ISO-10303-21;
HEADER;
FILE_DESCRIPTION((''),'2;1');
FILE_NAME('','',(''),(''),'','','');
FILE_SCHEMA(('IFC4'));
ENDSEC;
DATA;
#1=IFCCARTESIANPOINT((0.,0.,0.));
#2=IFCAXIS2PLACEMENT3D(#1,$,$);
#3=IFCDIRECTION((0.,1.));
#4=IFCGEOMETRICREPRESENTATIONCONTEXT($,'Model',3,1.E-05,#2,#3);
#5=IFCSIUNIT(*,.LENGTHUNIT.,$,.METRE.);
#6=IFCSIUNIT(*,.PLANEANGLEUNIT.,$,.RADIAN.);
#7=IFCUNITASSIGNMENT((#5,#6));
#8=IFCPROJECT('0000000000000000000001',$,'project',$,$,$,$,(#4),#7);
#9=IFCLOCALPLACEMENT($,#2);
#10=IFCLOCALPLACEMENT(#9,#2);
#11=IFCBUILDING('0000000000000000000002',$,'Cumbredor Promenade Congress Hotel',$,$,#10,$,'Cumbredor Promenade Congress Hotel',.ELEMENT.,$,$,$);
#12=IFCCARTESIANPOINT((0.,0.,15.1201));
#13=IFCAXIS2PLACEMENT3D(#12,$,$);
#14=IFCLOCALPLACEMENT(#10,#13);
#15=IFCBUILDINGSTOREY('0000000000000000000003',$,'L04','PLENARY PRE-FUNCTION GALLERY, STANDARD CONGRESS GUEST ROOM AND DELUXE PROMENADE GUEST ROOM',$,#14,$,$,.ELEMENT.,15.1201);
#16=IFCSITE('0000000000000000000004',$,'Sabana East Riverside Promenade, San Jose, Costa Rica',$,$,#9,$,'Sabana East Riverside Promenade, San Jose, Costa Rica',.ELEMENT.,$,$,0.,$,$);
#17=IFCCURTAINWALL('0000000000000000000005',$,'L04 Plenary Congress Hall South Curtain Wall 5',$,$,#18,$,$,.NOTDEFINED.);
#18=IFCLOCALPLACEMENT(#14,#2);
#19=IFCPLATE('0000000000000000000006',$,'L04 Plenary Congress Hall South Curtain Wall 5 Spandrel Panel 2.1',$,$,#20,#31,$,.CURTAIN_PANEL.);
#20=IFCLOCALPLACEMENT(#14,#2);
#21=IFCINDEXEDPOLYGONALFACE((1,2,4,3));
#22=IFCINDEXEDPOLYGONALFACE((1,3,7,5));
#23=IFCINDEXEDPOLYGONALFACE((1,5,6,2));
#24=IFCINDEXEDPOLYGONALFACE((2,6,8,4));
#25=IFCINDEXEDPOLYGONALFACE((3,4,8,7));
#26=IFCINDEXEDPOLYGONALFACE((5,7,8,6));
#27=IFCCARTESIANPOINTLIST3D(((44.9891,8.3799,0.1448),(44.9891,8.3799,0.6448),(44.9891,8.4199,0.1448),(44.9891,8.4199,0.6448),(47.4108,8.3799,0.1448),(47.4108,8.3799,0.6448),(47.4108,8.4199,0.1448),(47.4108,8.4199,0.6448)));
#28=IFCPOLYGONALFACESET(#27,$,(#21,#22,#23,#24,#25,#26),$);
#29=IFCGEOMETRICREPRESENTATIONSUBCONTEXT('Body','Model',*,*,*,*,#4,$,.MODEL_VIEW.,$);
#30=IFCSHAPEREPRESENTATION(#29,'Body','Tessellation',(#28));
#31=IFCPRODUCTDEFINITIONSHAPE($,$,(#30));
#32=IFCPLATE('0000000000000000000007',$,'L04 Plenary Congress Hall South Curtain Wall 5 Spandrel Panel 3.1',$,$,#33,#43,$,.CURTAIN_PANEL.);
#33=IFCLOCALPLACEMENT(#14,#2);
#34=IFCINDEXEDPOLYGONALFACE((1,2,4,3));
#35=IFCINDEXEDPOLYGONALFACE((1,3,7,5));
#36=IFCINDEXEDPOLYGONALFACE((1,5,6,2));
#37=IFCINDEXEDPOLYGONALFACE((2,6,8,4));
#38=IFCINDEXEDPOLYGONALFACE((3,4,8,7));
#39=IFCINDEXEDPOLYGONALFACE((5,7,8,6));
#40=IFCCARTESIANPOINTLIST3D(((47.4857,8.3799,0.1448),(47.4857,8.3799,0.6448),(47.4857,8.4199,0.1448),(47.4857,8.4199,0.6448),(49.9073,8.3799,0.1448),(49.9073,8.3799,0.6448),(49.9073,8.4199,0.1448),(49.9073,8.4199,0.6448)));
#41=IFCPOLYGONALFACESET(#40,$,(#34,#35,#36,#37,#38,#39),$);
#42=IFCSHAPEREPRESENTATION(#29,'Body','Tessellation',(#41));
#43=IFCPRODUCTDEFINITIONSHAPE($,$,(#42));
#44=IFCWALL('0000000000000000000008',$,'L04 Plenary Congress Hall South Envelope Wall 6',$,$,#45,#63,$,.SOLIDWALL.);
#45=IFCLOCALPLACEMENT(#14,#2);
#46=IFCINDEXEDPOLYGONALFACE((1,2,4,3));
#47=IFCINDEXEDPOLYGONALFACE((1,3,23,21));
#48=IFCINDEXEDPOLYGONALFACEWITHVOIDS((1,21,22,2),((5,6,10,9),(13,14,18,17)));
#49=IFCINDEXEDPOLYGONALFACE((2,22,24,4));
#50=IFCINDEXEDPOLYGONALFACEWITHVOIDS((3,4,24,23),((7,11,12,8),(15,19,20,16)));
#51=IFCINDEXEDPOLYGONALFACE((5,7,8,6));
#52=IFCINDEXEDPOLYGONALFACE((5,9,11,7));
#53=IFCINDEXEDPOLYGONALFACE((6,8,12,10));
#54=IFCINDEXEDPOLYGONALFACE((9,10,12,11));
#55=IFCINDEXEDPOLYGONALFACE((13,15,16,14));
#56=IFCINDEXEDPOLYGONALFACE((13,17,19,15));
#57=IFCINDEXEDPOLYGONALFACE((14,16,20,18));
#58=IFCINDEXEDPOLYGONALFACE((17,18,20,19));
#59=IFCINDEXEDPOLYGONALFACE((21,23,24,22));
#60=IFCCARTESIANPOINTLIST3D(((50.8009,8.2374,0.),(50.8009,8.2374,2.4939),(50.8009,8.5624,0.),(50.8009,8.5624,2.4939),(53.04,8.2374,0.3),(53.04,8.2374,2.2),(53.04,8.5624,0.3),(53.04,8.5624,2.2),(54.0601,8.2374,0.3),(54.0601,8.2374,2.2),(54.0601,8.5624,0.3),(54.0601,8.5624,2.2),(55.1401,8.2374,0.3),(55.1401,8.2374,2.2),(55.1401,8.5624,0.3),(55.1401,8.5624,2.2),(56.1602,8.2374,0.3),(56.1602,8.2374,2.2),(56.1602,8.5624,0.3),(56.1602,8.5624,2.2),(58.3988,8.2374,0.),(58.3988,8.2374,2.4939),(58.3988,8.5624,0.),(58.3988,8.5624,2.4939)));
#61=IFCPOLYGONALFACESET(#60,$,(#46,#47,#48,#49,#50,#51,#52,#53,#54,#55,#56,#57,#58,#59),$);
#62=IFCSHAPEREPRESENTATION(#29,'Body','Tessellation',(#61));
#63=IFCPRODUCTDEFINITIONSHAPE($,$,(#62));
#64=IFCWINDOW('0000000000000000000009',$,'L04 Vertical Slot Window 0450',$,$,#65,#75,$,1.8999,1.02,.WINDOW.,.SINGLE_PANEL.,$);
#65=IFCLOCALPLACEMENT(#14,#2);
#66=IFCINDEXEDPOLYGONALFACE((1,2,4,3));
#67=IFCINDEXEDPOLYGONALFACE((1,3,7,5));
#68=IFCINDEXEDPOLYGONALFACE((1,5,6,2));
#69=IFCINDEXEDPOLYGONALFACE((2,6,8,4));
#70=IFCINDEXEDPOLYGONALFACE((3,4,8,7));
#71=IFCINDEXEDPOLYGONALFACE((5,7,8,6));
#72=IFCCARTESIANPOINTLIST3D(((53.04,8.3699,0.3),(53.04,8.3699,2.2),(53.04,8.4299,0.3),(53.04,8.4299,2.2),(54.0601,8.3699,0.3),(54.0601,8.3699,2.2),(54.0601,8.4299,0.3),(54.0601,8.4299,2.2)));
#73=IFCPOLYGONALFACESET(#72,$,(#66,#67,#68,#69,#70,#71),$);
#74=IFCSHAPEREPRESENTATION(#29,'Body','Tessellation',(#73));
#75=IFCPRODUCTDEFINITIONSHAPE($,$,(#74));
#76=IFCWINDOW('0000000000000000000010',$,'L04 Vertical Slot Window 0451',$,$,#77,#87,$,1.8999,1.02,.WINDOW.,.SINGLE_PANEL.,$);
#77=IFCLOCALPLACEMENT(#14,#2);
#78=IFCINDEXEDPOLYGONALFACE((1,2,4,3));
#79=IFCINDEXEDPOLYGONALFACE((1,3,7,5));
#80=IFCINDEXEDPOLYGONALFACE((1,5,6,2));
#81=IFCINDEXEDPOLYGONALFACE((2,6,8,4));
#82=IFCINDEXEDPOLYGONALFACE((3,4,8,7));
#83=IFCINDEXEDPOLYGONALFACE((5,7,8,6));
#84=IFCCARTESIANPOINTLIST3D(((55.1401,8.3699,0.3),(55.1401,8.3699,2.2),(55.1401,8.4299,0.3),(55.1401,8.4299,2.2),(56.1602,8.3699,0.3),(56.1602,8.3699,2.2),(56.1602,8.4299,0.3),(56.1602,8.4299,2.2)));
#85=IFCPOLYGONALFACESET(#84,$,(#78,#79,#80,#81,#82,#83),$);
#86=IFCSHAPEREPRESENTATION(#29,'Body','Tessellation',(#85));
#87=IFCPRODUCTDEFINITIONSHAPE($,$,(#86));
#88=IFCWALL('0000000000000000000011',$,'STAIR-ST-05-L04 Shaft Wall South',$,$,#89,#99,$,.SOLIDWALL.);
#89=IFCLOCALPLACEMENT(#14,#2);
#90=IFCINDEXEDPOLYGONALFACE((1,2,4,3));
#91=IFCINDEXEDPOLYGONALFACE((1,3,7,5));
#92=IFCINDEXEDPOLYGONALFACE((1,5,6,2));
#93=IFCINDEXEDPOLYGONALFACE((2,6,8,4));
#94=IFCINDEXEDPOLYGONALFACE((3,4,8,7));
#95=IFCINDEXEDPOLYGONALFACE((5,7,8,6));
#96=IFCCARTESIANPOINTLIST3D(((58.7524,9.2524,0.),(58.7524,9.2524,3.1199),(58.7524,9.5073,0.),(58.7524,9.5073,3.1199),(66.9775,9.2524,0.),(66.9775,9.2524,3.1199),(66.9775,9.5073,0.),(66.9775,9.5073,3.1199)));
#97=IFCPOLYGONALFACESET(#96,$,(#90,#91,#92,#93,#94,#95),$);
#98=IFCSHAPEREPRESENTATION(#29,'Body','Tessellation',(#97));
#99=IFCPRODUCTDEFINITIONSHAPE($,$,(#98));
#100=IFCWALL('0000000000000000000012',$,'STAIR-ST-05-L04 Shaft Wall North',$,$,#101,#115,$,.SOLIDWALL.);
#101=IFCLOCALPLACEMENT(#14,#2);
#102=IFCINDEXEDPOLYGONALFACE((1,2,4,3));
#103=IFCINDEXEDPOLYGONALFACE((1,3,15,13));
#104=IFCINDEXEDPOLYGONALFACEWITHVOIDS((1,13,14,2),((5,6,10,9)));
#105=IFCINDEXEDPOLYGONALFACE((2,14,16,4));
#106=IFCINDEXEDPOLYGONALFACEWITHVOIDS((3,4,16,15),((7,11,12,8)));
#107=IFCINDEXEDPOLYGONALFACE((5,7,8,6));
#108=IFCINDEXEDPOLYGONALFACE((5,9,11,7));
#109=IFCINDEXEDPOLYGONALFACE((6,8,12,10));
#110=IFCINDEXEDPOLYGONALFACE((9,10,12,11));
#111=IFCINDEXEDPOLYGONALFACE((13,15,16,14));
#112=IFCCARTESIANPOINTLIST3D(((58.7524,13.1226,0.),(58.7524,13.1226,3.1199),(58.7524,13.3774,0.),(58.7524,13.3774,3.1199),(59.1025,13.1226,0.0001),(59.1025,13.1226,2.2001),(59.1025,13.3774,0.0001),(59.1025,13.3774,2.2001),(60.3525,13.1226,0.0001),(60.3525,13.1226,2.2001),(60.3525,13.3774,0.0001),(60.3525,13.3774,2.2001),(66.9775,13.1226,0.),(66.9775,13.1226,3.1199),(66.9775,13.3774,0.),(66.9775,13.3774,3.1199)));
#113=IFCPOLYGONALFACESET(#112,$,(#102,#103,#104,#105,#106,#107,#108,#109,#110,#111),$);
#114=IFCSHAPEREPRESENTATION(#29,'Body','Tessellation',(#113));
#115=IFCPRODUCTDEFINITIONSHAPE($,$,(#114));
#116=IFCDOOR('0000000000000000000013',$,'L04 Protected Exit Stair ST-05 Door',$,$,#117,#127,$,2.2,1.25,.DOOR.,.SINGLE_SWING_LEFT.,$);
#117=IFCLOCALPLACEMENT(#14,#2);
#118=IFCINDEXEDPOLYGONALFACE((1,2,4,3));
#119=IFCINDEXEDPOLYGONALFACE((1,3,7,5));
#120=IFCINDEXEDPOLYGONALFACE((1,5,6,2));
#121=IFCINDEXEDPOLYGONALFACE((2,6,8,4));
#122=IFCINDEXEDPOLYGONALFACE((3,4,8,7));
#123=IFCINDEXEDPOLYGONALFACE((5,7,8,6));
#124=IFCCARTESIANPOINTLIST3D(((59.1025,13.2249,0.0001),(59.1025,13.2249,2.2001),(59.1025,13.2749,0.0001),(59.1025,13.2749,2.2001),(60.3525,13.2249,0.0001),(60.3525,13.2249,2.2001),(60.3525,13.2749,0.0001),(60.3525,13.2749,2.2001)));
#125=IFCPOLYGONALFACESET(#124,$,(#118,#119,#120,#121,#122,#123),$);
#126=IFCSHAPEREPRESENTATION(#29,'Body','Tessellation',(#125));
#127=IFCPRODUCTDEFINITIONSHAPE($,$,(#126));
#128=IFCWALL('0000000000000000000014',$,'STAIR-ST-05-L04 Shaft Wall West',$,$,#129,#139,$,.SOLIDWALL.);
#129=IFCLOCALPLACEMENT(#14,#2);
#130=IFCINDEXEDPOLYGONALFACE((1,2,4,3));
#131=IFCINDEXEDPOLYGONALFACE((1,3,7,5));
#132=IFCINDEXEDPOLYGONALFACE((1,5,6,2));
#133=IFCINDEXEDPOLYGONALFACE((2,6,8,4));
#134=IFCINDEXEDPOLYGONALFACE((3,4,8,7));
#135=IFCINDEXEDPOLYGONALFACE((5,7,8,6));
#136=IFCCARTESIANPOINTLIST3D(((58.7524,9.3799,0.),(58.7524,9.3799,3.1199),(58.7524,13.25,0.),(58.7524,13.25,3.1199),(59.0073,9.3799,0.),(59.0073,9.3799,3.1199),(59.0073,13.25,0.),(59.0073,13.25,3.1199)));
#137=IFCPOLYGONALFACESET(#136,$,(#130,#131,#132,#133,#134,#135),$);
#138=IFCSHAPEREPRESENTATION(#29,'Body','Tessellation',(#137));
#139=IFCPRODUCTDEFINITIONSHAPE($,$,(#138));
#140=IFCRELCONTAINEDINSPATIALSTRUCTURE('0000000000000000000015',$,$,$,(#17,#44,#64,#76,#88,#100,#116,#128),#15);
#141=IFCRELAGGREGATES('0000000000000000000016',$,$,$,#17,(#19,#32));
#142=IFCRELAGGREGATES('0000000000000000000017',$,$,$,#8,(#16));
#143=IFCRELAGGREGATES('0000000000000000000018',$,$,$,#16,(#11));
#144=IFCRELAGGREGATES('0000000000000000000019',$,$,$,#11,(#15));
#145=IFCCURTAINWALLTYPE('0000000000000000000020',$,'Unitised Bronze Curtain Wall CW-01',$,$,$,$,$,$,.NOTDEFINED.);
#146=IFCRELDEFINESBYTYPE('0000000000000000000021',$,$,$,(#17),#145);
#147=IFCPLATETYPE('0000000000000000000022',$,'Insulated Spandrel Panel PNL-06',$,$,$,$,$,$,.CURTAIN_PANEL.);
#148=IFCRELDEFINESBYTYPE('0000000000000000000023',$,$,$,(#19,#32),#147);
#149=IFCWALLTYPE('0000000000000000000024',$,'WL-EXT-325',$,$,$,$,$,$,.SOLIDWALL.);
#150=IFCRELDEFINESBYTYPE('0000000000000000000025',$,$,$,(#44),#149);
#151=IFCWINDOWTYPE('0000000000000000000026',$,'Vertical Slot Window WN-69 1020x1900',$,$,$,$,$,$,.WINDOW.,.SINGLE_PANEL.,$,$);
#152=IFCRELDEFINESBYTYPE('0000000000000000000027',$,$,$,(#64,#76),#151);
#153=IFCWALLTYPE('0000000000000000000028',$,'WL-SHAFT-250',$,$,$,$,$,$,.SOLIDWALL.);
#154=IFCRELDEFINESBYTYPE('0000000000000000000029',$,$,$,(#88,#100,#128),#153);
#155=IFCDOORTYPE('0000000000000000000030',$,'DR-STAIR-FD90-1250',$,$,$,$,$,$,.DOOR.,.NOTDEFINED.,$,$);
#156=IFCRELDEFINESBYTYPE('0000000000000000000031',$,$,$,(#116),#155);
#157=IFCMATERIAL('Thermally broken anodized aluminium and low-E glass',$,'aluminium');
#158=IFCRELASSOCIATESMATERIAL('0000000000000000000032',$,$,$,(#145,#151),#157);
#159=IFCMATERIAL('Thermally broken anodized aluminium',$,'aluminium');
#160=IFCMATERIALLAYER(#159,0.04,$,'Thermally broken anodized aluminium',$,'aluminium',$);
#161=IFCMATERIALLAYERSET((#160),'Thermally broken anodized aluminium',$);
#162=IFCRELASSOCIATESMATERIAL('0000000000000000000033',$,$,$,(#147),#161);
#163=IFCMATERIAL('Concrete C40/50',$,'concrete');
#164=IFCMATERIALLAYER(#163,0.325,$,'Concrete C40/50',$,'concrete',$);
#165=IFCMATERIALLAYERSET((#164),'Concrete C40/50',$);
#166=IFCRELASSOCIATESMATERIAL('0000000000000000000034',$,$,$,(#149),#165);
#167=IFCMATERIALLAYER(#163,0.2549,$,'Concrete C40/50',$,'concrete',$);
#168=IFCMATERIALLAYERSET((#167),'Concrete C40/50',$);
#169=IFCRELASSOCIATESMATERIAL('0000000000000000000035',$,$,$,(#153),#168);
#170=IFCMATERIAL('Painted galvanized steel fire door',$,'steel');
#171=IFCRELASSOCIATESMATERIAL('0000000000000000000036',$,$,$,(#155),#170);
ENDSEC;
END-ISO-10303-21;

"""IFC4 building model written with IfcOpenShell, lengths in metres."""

from ifc_helpers import new_model, si_unit, direction, frame, frame_2d, origin, origin_2d, place, context, subcontext, project, spatial, rectangle, extrude, material, layer, layer_set, type_object, element, fill, aggregate, save


model = new_model("IFC4")

# Units and contexts
model_context = context("Model", 3, precision=1e-05, world=origin(), true_north=direction((0.0, 1.0)))
body_context = subcontext(model_context, "Body", "Model", "MODEL_VIEW")
ifc_project = project(units=[si_unit("LENGTHUNIT", "METRE"), si_unit("PLANEANGLEUNIT", "RADIAN")], contexts=[model_context])

# Site, building, storey
site_placement = place(None, origin())
site = spatial("IfcSite", under=ifc_project, at=site_placement, Name="Sabana East Riverside Promenade, San Jose, Costa Rica", LongName="Sabana East Riverside Promenade, San Jose, Costa Rica", CompositionType="ELEMENT", RefElevation=0.0)
building_placement = place(site_placement, origin())
building = spatial("IfcBuilding", under=site, at=building_placement, Name="Cumbredor Promenade Congress Hotel", LongName="Cumbredor Promenade Congress Hotel", CompositionType="ELEMENT")
storey_placement = place(building_placement, frame((0.0, 0.0, 15.1201)))
storey = spatial("IfcBuildingStorey", under=building, at=storey_placement, Name="L04", Description="PLENARY PRE-FUNCTION GALLERY, STANDARD CONGRESS GUEST ROOM AND DELUXE PROMENADE GUEST ROOM", CompositionType="ELEMENT", Elevation=15.1201)

# Shared definitions
ifc_material_1 = material(Name="Concrete C40/50", Category="concrete")

# Curtain wall
ifc_material_2 = material(Name="Thermally broken anodized aluminium and low-E glass", Category="aluminium")
curtain_wall_type = type_object("IfcCurtainWallType", Name="Unitised Bronze Curtain Wall CW-01", PredefinedType="NOTDEFINED", material=ifc_material_2)
curtain_wall_placement = place(storey_placement, origin())
curtain_wall = element("IfcCurtainWall", 1, at=curtain_wall_placement, inside=storey, type_object=curtain_wall_type, Name="L04 Plenary Congress Hall South Curtain Wall 5", PredefinedType="NOTDEFINED")
ifc_material_3 = material(Name="Thermally broken anodized aluminium", Category="aluminium")

# Plates
ifc_layer_1 = layer(ifc_material_3, 0.04, Name="Thermally broken anodized aluminium", Category="aluminium")
ifc_layer_set_1 = layer_set([ifc_layer_1], Name="Thermally broken anodized aluminium")
plate_type_1 = type_object("IfcPlateType", Name="Insulated Spandrel Panel PNL-06", PredefinedType="CURTAIN_PANEL", material=ifc_layer_set_1)
plate_1_placement = place(storey_placement, frame((46.2, 8.3999, 0.1448), z_axis=(0.0, 0.0, 1.0), x_axis=(1.0, 0.0, 0.0)))
plate_1 = element("IfcPlate", 2, at=plate_1_placement, type_object=plate_type_1, Name="L04 Plenary Congress Hall South Curtain Wall 5 Spandrel Panel 2.1", PredefinedType="CURTAIN_PANEL", context=body_context, shape_type="SweptSolid", body=[
    extrude(rectangle(XDim=2.4216, YDim=0.04, at=origin_2d()), origin(), (0.0, 0.0, 1.0), 0.5),
])
plate_2_placement = place(storey_placement, frame((48.6965, 8.3999, 0.1448), z_axis=(0.0, 0.0, 1.0), x_axis=(1.0, 0.0, 0.0)))
plate_2 = element("IfcPlate", 3, at=plate_2_placement, type_object=plate_type_1, Name="L04 Plenary Congress Hall South Curtain Wall 5 Spandrel Panel 3.1", PredefinedType="CURTAIN_PANEL", context=body_context, shape_type="SweptSolid", body=[
    extrude(rectangle(XDim=2.4216, YDim=0.04, at=origin_2d()), origin(), (0.0, 0.0, 1.0), 0.5),
])
aggregate(curtain_wall, [plate_1, plate_2])

# Wall, openings, windows
ifc_layer_2 = layer(ifc_material_1, 0.325, Name="Concrete C40/50", Category="concrete")
ifc_layer_set_2 = layer_set([ifc_layer_2], Name="Concrete C40/50")
wall_type_1 = type_object("IfcWallType", Name="WL-EXT-325", PredefinedType="SOLIDWALL", material=ifc_layer_set_2)
wall_1_placement = place(storey_placement, frame((50.801, 8.3999, 0.0), z_axis=(0.0, 0.0, 1.0), x_axis=(1.0, 0.0, 0.0)))
wall_1 = element("IfcWall", 4, at=wall_1_placement, inside=storey, type_object=wall_type_1, Name="L04 Plenary Congress Hall South Envelope Wall 6", PredefinedType="SOLIDWALL", context=body_context, shape_type="SweptSolid", body=[
    extrude(rectangle(XDim=7.5979, YDim=0.325, at=frame_2d((3.7988, 0.0))), origin(), (0.0, 0.0, 1.0), 2.4939),
])
opening_1_placement = place(wall_1_placement, frame((2.239, 0.0, 0.3)))
opening_1 = element("IfcOpeningElement", 5, at=opening_1_placement, cuts=wall_1, PredefinedType="OPENING", context=body_context, shape_type="SweptSolid", body=[
    extrude(rectangle(XDim=1.02, YDim=1.8999, at=frame_2d((0.51, 0.95))), frame((0.0, 0.1724, 0.0), z_axis=(0.0, -1.0, 0.0), x_axis=(1.0, 0.0, 0.0)), (0.0, 0.0, 1.0), 0.345),
])
opening_2_placement = place(wall_1_placement, frame((4.3391, 0.0, 0.3)))
opening_2 = element("IfcOpeningElement", 6, at=opening_2_placement, cuts=wall_1, PredefinedType="OPENING", context=body_context, shape_type="SweptSolid", body=[
    extrude(rectangle(XDim=1.02, YDim=1.8999, at=frame_2d((0.51, 0.95))), frame((0.0, 0.1724, 0.0), z_axis=(0.0, -1.0, 0.0), x_axis=(1.0, 0.0, 0.0)), (0.0, 0.0, 1.0), 0.345),
])
window_type = type_object("IfcWindowType", Name="Vertical Slot Window WN-69 1020x1900", PartitioningType="SINGLE_PANEL", PredefinedType="WINDOW", material=ifc_material_2)
window_1_placement = place(opening_1_placement, origin())
window_1 = element("IfcWindow", 7, at=window_1_placement, inside=storey, type_object=window_type, Name="L04 Vertical Slot Window 0450", OverallHeight=1.8999, OverallWidth=1.02, PartitioningType="SINGLE_PANEL", PredefinedType="WINDOW", context=body_context, shape_type="SweptSolid", body=[
    extrude(rectangle(XDim=1.02, YDim=1.8999, at=frame_2d((0.51, 0.95))), frame((0.0, 0.03, 0.0), z_axis=(0.0, -1.0, 0.0), x_axis=(1.0, 0.0, 0.0)), (0.0, 0.0, 1.0), 0.0601),
])
fill(opening_1, window_1)
window_2_placement = place(opening_2_placement, origin())
window_2 = element("IfcWindow", 8, at=window_2_placement, inside=storey, type_object=window_type, Name="L04 Vertical Slot Window 0451", OverallHeight=1.8999, OverallWidth=1.02, PartitioningType="SINGLE_PANEL", PredefinedType="WINDOW", context=body_context, shape_type="SweptSolid", body=[
    extrude(rectangle(XDim=1.02, YDim=1.8999, at=frame_2d((0.51, 0.95))), frame((0.0, 0.03, 0.0), z_axis=(0.0, -1.0, 0.0), x_axis=(1.0, 0.0, 0.0)), (0.0, 0.0, 1.0), 0.0601),
])
fill(opening_2, window_2)

# Wall
ifc_layer_3 = layer(ifc_material_1, 0.2549, Name="Concrete C40/50", Category="concrete")
ifc_layer_set_3 = layer_set([ifc_layer_3], Name="Concrete C40/50")
wall_type_2 = type_object("IfcWallType", Name="WL-SHAFT-250", PredefinedType="SOLIDWALL", material=ifc_layer_set_3)
wall_2_placement = place(storey_placement, frame((58.7524, 9.3799, 0.0), z_axis=(0.0, 0.0, 1.0), x_axis=(1.0, 0.0, 0.0)))
element("IfcWall", 9, at=wall_2_placement, inside=storey, type_object=wall_type_2, Name="STAIR-ST-05-L04 Shaft Wall South", PredefinedType="SOLIDWALL", context=body_context, shape_type="SweptSolid", body=[
    extrude(rectangle(XDim=8.2251, YDim=0.2549, at=frame_2d((4.1125, 0.0))), origin(), (0.0, 0.0, 1.0), 3.1199),
])

# Wall, opening, door
wall_3_placement = place(storey_placement, frame((58.7524, 13.25, 0.0), z_axis=(0.0, 0.0, 1.0), x_axis=(1.0, 0.0, 0.0)))
wall_3 = element("IfcWall", 10, at=wall_3_placement, inside=storey, type_object=wall_type_2, Name="STAIR-ST-05-L04 Shaft Wall North", PredefinedType="SOLIDWALL", context=body_context, shape_type="SweptSolid", body=[
    extrude(rectangle(XDim=8.2251, YDim=0.2549, at=frame_2d((4.1125, 0.0))), origin(), (0.0, 0.0, 1.0), 3.1199),
])
opening_3_placement = place(wall_3_placement, frame((0.3501, 0.0, 0.0)))
opening_3 = element("IfcOpeningElement", 11, at=opening_3_placement, cuts=wall_3, PredefinedType="OPENING", context=body_context, shape_type="SweptSolid", body=[
    extrude(rectangle(XDim=1.25, YDim=2.2, at=frame_2d((0.625, 1.1001))), frame((0.0, 0.1375, 0.0), z_axis=(0.0, -1.0, 0.0), x_axis=(1.0, 0.0, 0.0)), (0.0, 0.0, 1.0), 0.2749),
])
ifc_material_4 = material(Name="Painted galvanized steel fire door", Category="steel")
door_type = type_object("IfcDoorType", Name="DR-STAIR-FD90-1250", OperationType="NOTDEFINED", PredefinedType="DOOR", material=ifc_material_4)
door_placement = place(opening_3_placement, origin())
door = element("IfcDoor", 12, at=door_placement, inside=storey, type_object=door_type, Name="L04 Protected Exit Stair ST-05 Door", OperationType="SINGLE_SWING_LEFT", OverallHeight=2.2, OverallWidth=1.25, PredefinedType="DOOR", context=body_context, shape_type="SweptSolid", body=[
    extrude(rectangle(XDim=1.25, YDim=2.2, at=frame_2d((0.625, 1.1001))), frame((0.0, 0.0249, 0.0), z_axis=(0.0, -1.0, 0.0), x_axis=(1.0, 0.0, 0.0)), (0.0, 0.0, 1.0), 0.05),
])
fill(opening_3, door)

# Wall
wall_4_placement = place(storey_placement, frame((58.8799, 9.3799, 0.0), z_axis=(0.0, 0.0, 1.0), x_axis=(0.0, 1.0, 0.0)))
element("IfcWall", 13, at=wall_4_placement, inside=storey, type_object=wall_type_2, Name="STAIR-ST-05-L04 Shaft Wall West", PredefinedType="SOLIDWALL", context=body_context, shape_type="SweptSolid", body=[
    extrude(rectangle(XDim=3.8701, YDim=0.2549, at=frame_2d((1.9351, 0.0))), origin(), (0.0, 0.0, 1.0), 3.1199),
])

save(model, "model.ifc")
